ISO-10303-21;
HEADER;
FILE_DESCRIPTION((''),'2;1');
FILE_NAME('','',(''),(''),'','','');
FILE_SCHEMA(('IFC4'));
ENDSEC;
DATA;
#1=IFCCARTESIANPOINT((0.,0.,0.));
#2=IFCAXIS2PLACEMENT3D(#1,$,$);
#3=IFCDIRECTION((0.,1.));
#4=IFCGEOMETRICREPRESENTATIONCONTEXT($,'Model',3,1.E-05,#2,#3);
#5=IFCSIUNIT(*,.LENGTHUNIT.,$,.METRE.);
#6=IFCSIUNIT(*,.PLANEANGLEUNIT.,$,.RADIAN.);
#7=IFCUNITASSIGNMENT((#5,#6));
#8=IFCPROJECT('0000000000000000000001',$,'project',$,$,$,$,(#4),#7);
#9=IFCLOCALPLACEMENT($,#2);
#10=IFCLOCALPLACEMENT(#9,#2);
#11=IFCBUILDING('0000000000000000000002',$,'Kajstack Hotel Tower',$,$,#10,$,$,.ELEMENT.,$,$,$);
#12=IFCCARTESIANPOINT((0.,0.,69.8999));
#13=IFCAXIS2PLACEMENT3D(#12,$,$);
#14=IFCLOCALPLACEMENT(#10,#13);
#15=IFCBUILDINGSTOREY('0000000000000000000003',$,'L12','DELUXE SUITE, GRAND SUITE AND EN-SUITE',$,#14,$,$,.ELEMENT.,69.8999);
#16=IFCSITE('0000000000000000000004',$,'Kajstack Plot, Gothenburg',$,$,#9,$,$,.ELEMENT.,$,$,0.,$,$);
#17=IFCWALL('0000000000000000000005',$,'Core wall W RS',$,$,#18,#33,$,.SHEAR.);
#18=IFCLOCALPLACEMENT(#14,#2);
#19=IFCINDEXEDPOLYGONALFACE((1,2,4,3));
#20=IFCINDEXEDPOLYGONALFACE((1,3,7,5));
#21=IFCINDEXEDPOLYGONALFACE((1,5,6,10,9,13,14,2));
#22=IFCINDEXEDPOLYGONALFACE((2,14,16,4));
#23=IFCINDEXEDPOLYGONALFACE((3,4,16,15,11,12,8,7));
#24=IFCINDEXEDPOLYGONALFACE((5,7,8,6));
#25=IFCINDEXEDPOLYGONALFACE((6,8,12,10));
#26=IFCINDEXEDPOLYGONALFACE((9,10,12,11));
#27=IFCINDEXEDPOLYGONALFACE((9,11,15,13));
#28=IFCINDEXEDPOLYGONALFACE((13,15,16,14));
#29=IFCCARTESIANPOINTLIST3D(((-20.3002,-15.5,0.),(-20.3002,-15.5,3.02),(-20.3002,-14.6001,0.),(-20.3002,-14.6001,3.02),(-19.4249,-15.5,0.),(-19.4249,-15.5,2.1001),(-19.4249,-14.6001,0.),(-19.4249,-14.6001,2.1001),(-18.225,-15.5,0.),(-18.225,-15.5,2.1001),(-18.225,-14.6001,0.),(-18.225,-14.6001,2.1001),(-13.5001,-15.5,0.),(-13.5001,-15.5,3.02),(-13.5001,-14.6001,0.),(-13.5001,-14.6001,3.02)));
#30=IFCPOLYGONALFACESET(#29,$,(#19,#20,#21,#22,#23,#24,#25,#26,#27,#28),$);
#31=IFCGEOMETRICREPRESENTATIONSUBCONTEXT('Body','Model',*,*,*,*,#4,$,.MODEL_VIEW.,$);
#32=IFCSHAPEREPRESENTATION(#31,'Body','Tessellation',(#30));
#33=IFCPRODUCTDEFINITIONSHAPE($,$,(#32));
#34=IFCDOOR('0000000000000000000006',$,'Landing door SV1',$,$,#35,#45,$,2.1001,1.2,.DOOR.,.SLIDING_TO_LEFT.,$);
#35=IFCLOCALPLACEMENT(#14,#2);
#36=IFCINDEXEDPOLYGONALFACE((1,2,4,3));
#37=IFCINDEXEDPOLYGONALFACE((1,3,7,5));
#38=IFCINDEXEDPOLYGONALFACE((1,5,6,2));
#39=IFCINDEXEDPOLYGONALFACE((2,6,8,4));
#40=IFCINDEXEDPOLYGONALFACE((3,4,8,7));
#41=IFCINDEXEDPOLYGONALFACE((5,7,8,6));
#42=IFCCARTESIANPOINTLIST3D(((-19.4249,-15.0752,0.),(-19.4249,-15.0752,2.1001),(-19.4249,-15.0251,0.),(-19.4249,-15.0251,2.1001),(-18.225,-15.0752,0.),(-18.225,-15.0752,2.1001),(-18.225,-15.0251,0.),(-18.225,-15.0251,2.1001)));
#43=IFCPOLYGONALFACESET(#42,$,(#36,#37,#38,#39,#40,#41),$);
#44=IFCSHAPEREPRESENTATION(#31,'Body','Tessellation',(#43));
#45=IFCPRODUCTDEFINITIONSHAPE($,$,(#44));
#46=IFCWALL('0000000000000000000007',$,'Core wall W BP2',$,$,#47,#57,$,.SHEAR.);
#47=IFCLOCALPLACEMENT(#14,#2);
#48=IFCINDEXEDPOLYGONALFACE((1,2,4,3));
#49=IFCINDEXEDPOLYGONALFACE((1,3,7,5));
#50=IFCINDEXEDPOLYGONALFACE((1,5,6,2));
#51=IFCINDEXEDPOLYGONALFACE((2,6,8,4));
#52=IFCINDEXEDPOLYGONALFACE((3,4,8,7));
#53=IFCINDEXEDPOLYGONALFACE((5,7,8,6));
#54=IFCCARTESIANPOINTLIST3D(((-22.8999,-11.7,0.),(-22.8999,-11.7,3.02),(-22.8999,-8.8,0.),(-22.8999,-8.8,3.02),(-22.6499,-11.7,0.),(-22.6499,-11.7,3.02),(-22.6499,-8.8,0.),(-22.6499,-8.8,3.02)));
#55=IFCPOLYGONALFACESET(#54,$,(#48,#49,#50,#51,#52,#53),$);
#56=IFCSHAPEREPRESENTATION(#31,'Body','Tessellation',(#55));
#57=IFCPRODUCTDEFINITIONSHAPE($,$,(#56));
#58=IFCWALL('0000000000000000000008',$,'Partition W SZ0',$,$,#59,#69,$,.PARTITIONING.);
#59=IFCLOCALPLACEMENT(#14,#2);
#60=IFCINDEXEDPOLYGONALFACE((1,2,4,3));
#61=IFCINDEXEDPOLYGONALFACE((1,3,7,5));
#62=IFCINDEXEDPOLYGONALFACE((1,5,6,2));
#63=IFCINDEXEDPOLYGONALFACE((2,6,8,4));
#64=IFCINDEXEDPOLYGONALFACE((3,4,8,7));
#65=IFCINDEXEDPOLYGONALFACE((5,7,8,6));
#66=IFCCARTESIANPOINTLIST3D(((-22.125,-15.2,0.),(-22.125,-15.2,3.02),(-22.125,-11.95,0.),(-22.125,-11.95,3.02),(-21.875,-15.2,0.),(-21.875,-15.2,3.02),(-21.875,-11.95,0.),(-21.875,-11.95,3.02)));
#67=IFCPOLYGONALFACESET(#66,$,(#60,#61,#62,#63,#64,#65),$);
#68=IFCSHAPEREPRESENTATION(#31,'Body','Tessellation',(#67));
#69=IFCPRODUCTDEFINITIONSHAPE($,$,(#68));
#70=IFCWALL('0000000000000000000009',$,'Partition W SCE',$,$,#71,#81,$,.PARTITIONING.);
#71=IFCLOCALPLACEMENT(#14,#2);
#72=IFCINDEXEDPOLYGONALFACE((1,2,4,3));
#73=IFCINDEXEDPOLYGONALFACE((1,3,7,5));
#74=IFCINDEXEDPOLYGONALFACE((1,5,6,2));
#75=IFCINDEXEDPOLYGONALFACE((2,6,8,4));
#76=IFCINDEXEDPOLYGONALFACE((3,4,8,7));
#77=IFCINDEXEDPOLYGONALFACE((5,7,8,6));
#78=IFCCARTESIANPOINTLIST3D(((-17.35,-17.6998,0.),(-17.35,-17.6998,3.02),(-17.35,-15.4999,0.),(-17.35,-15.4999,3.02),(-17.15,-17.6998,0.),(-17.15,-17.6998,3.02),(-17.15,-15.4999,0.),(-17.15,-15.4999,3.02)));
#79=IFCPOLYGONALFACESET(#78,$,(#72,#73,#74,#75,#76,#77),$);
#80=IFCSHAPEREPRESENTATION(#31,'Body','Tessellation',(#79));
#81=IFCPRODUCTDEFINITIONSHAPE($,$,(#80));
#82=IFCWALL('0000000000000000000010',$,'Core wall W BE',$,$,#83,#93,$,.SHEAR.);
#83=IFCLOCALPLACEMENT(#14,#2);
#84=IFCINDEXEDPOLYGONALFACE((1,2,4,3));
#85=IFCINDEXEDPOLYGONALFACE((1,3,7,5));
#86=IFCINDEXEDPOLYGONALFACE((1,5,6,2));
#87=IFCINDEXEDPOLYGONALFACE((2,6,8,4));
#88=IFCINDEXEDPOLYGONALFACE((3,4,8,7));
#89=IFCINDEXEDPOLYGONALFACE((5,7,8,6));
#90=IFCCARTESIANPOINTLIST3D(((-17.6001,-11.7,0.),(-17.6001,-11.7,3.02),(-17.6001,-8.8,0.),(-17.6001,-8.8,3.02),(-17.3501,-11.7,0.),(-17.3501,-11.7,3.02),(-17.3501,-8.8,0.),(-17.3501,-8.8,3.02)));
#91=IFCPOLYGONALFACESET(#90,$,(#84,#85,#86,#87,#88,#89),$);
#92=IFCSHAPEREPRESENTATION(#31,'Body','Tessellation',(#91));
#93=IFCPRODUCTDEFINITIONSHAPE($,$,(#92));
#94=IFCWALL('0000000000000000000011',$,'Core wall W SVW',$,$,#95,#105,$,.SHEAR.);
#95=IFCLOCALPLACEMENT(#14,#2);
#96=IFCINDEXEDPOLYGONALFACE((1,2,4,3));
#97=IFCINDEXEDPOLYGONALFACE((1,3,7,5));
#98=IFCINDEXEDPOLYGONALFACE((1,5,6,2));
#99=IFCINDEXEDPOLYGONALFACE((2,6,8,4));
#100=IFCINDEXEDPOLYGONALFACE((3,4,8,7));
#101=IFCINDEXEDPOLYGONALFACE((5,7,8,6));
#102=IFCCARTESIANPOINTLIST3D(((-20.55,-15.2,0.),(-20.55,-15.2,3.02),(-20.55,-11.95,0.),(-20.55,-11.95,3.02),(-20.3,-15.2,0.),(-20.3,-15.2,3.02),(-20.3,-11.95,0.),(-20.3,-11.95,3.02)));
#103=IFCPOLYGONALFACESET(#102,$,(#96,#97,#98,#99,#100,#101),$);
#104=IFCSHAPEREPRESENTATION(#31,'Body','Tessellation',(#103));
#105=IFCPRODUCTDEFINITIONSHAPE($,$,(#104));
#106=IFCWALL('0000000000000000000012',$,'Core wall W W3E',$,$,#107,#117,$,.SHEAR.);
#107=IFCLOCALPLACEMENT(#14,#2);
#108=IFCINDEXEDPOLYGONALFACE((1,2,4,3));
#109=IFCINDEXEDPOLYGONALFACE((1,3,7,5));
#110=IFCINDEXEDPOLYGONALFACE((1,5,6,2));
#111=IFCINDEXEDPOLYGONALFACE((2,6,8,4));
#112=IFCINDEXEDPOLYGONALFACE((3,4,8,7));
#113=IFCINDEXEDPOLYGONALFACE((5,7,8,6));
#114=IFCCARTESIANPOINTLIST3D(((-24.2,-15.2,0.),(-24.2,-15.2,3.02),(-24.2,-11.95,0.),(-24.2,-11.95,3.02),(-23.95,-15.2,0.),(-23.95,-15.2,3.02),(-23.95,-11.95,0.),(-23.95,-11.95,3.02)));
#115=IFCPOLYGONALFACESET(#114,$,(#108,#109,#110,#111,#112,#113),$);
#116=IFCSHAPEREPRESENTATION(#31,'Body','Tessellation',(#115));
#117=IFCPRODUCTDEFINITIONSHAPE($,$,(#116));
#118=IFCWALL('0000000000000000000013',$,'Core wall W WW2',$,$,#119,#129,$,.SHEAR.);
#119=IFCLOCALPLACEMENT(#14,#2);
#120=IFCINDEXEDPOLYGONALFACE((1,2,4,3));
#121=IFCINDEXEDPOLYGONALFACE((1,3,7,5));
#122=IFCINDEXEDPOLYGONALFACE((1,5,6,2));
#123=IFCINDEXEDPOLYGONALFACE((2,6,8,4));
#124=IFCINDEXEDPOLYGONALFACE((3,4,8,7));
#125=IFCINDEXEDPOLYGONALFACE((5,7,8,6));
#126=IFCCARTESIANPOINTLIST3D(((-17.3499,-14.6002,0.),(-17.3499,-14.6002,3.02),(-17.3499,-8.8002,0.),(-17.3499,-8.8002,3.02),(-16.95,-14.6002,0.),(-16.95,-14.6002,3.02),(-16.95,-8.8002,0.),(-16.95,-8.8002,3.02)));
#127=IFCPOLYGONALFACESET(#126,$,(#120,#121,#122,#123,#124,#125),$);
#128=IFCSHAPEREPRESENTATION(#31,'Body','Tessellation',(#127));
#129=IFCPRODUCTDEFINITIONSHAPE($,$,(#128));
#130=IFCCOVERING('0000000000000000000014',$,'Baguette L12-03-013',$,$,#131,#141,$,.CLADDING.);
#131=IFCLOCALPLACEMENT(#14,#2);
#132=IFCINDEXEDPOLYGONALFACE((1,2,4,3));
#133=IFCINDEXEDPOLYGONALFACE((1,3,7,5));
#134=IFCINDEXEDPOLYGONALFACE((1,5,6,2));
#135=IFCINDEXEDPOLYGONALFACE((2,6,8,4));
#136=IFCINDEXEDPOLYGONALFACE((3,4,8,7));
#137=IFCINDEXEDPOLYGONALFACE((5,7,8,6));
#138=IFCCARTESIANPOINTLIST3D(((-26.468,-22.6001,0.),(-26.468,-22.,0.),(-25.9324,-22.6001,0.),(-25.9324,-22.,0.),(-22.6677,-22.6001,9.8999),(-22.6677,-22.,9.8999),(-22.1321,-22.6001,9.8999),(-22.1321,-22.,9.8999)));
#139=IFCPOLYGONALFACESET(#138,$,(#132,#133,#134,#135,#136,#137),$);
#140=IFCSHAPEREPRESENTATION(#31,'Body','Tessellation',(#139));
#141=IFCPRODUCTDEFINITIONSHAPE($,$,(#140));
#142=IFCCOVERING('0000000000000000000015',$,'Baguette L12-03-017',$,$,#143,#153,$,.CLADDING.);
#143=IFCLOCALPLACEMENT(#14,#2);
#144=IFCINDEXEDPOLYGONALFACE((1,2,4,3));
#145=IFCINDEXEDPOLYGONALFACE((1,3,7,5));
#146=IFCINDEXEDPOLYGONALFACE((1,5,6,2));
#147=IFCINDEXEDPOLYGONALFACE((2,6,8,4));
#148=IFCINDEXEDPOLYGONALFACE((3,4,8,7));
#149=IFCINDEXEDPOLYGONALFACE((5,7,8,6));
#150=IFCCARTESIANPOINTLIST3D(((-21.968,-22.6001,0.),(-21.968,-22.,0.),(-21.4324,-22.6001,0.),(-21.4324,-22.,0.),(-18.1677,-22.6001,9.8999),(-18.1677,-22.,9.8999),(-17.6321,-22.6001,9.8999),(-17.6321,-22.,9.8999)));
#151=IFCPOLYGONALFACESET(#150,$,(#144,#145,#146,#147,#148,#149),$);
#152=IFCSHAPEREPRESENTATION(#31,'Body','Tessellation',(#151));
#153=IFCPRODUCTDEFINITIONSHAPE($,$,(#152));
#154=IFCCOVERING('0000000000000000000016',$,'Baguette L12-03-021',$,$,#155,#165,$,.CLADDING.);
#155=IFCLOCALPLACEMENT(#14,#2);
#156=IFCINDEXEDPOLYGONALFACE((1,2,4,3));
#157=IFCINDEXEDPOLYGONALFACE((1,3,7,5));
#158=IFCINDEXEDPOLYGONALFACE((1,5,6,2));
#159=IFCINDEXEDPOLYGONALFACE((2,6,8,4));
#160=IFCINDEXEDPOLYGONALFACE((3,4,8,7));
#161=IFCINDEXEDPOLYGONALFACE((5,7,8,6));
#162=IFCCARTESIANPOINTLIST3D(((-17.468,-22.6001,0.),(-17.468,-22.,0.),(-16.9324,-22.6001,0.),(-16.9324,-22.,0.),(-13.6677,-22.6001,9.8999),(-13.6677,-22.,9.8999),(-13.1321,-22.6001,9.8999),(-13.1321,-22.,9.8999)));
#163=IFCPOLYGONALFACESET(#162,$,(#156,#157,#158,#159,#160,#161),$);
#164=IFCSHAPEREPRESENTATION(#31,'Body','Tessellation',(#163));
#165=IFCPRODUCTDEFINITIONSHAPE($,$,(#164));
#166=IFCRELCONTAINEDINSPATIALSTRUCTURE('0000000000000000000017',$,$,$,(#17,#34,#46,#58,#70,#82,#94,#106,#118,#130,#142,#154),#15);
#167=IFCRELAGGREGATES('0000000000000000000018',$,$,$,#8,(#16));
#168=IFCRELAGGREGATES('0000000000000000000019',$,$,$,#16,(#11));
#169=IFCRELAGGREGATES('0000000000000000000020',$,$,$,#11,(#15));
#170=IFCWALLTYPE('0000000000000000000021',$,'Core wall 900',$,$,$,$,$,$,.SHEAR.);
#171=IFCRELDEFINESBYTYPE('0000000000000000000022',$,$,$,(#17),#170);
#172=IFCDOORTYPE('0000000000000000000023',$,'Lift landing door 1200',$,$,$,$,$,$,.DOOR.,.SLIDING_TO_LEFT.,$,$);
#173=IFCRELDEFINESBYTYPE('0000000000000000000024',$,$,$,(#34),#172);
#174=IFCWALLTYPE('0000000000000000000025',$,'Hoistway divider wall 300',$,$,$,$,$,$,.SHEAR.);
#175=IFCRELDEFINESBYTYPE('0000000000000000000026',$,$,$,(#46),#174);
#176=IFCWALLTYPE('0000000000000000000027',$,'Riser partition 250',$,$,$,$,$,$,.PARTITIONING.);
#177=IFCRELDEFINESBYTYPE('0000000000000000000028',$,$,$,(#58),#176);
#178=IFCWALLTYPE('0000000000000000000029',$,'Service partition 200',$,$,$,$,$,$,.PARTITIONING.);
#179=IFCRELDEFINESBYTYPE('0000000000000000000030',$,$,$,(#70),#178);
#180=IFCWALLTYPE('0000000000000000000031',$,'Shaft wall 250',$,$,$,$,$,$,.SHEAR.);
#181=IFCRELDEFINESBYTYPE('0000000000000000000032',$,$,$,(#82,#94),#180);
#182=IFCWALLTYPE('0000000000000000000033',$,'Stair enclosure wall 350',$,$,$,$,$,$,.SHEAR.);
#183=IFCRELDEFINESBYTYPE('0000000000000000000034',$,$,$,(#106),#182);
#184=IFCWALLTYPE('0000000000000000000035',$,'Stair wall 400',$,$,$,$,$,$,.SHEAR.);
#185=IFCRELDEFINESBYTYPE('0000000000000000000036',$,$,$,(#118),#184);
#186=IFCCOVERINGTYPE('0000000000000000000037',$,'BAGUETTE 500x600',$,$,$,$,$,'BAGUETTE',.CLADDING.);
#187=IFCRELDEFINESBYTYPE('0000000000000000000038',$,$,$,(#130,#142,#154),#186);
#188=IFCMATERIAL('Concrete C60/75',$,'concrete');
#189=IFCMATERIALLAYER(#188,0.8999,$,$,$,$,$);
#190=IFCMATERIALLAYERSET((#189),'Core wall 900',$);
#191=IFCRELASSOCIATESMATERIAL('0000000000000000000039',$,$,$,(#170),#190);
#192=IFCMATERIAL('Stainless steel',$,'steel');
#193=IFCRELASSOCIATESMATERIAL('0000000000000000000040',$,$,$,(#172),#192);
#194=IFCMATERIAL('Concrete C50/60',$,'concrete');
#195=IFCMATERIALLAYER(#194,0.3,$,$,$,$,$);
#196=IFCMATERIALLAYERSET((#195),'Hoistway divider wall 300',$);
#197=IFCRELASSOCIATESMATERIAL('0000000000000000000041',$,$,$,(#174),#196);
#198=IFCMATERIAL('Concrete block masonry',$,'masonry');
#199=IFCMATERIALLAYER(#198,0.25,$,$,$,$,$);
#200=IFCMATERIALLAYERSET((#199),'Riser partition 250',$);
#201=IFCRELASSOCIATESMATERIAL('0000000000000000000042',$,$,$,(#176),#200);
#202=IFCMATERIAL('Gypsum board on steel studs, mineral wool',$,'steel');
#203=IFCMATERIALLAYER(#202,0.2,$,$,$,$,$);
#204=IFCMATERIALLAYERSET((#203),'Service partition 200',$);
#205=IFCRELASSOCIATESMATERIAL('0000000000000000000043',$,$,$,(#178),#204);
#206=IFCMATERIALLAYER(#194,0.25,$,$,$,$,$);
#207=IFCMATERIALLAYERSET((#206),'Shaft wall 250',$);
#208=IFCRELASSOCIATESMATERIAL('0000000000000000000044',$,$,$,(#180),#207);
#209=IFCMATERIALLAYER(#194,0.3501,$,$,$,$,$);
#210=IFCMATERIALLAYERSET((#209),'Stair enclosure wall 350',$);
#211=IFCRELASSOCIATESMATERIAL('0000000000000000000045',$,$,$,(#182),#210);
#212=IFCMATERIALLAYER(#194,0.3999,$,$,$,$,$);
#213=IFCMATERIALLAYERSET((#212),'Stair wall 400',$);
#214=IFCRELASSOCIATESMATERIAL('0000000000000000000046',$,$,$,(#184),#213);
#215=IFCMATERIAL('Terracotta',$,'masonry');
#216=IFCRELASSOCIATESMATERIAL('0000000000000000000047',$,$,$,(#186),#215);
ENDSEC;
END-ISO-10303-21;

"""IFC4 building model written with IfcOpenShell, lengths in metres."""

from ifc_helpers import new_model, si_unit, direction, frame, frame_2d, origin, origin_2d, place, context, subcontext, project, spatial, polyline, rectangle, outline, extrude, material, layer, layer_set, material_profile, profile_set, type_object, element, fill, save


model = new_model("IFC4")

# Units and contexts
model_context = context("Model", 3, precision=1e-05, world=origin(), true_north=direction((0.0, 1.0)))
body_context = subcontext(model_context, "Body", "Model", "MODEL_VIEW")
ifc_project = project(units=[si_unit("LENGTHUNIT", "METRE"), si_unit("PLANEANGLEUNIT", "RADIAN")], contexts=[model_context])

# Site, building, storey
site_placement = place(None, origin())
site = spatial("IfcSite", under=ifc_project, at=site_placement, Name="Kajstack Plot, Gothenburg", CompositionType="ELEMENT", RefElevation=0.0)
building_placement = place(site_placement, origin())
building = spatial("IfcBuilding", under=site, at=building_placement, Name="Kajstack Hotel Tower", CompositionType="ELEMENT")
storey_placement = place(building_placement, frame((0.0, 0.0, 69.8999)))
storey = spatial("IfcBuildingStorey", under=building, at=storey_placement, Name="L12", Description="DELUXE SUITE, GRAND SUITE AND EN-SUITE", CompositionType="ELEMENT", Elevation=69.8999)

# Wall, opening, door
ifc_material_1 = material(Name="Concrete C60/75", Category="concrete")
ifc_layer_1 = layer(ifc_material_1, 0.8999)
ifc_layer_set_1 = layer_set([ifc_layer_1], Name="Core wall 900")
wall_type_1 = type_object("IfcWallType", Name="Core wall 900", PredefinedType="SHEAR", material=ifc_layer_set_1)
wall_1_placement = place(storey_placement, frame((-20.3, -15.05, 0.0), z_axis=(0.0, 0.0, 1.0), x_axis=(1.0, 0.0, 0.0)))
wall_1 = element("IfcWall", 1, at=wall_1_placement, inside=storey, type_object=wall_type_1, Name="Core wall W RS", PredefinedType="SHEAR", context=body_context, shape_type="SweptSolid", body=[
    extrude(rectangle(XDim=6.8, YDim=0.8999, at=frame_2d((3.3999, 0.0))), origin(), (0.0, 0.0, 1.0), 3.02),
])
opening_placement = place(wall_1_placement, frame((0.875, 0.0, 0.0)))
opening = element("IfcOpeningElement", 2, at=opening_placement, cuts=wall_1, PredefinedType="OPENING", context=body_context, shape_type="SweptSolid", body=[
    extrude(rectangle(XDim=1.2, YDim=2.1001, at=frame_2d((0.6001, 1.05))), frame((0.0, 0.46, 0.0), z_axis=(0.0, -1.0, 0.0), x_axis=(1.0, 0.0, 0.0)), (0.0, 0.0, 1.0), 0.9199),
])
ifc_material_2 = material(Name="Stainless steel", Category="steel")
door_type = type_object("IfcDoorType", Name="Lift landing door 1200", OperationType="SLIDING_TO_LEFT", PredefinedType="DOOR", material=ifc_material_2)
door_placement = place(opening_placement, origin())
door = element("IfcDoor", 3, at=door_placement, inside=storey, type_object=door_type, Name="Landing door SV1", OperationType="SLIDING_TO_LEFT", OverallHeight=2.1001, OverallWidth=1.2, PredefinedType="DOOR", context=body_context, shape_type="SweptSolid", body=[
    extrude(rectangle(XDim=1.2, YDim=2.1001, at=frame_2d((0.6001, 1.05))), frame((0.0, 0.0249, 0.0), z_axis=(0.0, -1.0, 0.0), x_axis=(1.0, 0.0, 0.0)), (0.0, 0.0, 1.0), 0.05),
])
fill(opening, door)

# Walls
ifc_material_3 = material(Name="Concrete C50/60", Category="concrete")
ifc_layer_2 = layer(ifc_material_3, 0.3)
ifc_layer_set_2 = layer_set([ifc_layer_2], Name="Hoistway divider wall 300")
wall_type_2 = type_object("IfcWallType", Name="Hoistway divider wall 300", PredefinedType="SHEAR", material=ifc_layer_set_2)
wall_2_placement = place(storey_placement, frame((-22.7749, -11.7, 0.0), z_axis=(0.0, 0.0, 1.0), x_axis=(0.0, 1.0, 0.0)))
element("IfcWall", 4, at=wall_2_placement, inside=storey, type_object=wall_type_2, Name="Core wall W BP2", PredefinedType="SHEAR", context=body_context, shape_type="SweptSolid", body=[
    extrude(rectangle(XDim=2.8999, YDim=0.25, at=frame_2d((1.45, 0.0))), origin(), (0.0, 0.0, 1.0), 3.02),
])
ifc_material_4 = material(Name="Concrete block masonry", Category="masonry")
ifc_layer_3 = layer(ifc_material_4, 0.25)
ifc_layer_set_3 = layer_set([ifc_layer_3], Name="Riser partition 250")
wall_type_3 = type_object("IfcWallType", Name="Riser partition 250", PredefinedType="PARTITIONING", material=ifc_layer_set_3)
wall_3_placement = place(storey_placement, frame((-22.0, -15.2, 0.0), z_axis=(0.0, 0.0, 1.0), x_axis=(0.0, 1.0, 0.0)))
element("IfcWall", 5, at=wall_3_placement, inside=storey, type_object=wall_type_3, Name="Partition W SZ0", PredefinedType="PARTITIONING", context=body_context, shape_type="SweptSolid", body=[
    extrude(rectangle(XDim=3.25, YDim=0.25, at=frame_2d((1.625, 0.0))), origin(), (0.0, 0.0, 1.0), 3.02),
])
ifc_material_5 = material(Name="Gypsum board on steel studs, mineral wool", Category="steel")
ifc_layer_4 = layer(ifc_material_5, 0.2)
ifc_layer_set_4 = layer_set([ifc_layer_4], Name="Service partition 200")
wall_type_4 = type_object("IfcWallType", Name="Service partition 200", PredefinedType="PARTITIONING", material=ifc_layer_set_4)
wall_4_placement = place(storey_placement, frame((-17.25, -17.7, 0.0), z_axis=(0.0, 0.0, 1.0), x_axis=(0.0, 1.0, 0.0)))
element("IfcWall", 6, at=wall_4_placement, inside=storey, type_object=wall_type_4, Name="Partition W SCE", PredefinedType="PARTITIONING", context=body_context, shape_type="SweptSolid", body=[
    extrude(rectangle(XDim=2.2, YDim=0.2, at=frame_2d((1.1001, 0.0))), origin(), (0.0, 0.0, 1.0), 3.02),
])
ifc_layer_5 = layer(ifc_material_3, 0.25)
ifc_layer_set_5 = layer_set([ifc_layer_5], Name="Shaft wall 250")
wall_type_5 = type_object("IfcWallType", Name="Shaft wall 250", PredefinedType="SHEAR", material=ifc_layer_set_5)
wall_5_placement = place(storey_placement, frame((-17.4751, -11.7, 0.0), z_axis=(0.0, 0.0, 1.0), x_axis=(0.0, 1.0, 0.0)))
element("IfcWall", 7, at=wall_5_placement, inside=storey, type_object=wall_type_5, Name="Core wall W BE", PredefinedType="SHEAR", context=body_context, shape_type="SweptSolid", body=[
    extrude(rectangle(XDim=2.8999, YDim=0.25, at=frame_2d((1.45, 0.0))), origin(), (0.0, 0.0, 1.0), 3.02),
])
wall_6_placement = place(storey_placement, frame((-20.425, -15.2, 0.0), z_axis=(0.0, 0.0, 1.0), x_axis=(0.0, 1.0, 0.0)))
element("IfcWall", 8, at=wall_6_placement, inside=storey, type_object=wall_type_5, Name="Core wall W SVW", PredefinedType="SHEAR", context=body_context, shape_type="SweptSolid", body=[
    extrude(rectangle(XDim=3.25, YDim=0.25, at=frame_2d((1.625, 0.0))), origin(), (0.0, 0.0, 1.0), 3.02),
])
ifc_layer_6 = layer(ifc_material_3, 0.3501)
ifc_layer_set_6 = layer_set([ifc_layer_6], Name="Stair enclosure wall 350")
wall_type_6 = type_object("IfcWallType", Name="Stair enclosure wall 350", PredefinedType="SHEAR", material=ifc_layer_set_6)
wall_7_placement = place(storey_placement, frame((-24.075, -15.2, 0.0), z_axis=(0.0, 0.0, 1.0), x_axis=(0.0, 1.0, 0.0)))
element("IfcWall", 9, at=wall_7_placement, inside=storey, type_object=wall_type_6, Name="Core wall W W3E", PredefinedType="SHEAR", context=body_context, shape_type="SweptSolid", body=[
    extrude(rectangle(XDim=3.25, YDim=0.25, at=frame_2d((1.625, 0.0))), origin(), (0.0, 0.0, 1.0), 3.02),
])
ifc_layer_7 = layer(ifc_material_3, 0.3999)
ifc_layer_set_7 = layer_set([ifc_layer_7], Name="Stair wall 400")
wall_type_7 = type_object("IfcWallType", Name="Stair wall 400", PredefinedType="SHEAR", material=ifc_layer_set_7)
wall_8_placement = place(storey_placement, frame((-17.1499, -14.6001, 0.0), z_axis=(0.0, 0.0, 1.0), x_axis=(0.0, 1.0, 0.0)))
element("IfcWall", 10, at=wall_8_placement, inside=storey, type_object=wall_type_7, Name="Core wall W WW2", PredefinedType="SHEAR", context=body_context, shape_type="SweptSolid", body=[
    extrude(rectangle(XDim=5.8, YDim=0.3999, at=frame_2d((2.8999, 0.0))), origin(), (0.0, 0.0, 1.0), 3.02),
])

# Coverings
ifc_material_6 = material(Name="Terracotta", Category="masonry")
ifc_material_profile = material_profile(ifc_material_6, rectangle(XDim=0.6001, YDim=0.5, at=origin_2d()), Name="Terracotta-clad concrete baguette 500 x 600")
ifc_profile_set = profile_set([ifc_material_profile], Name="Terracotta")
covering_type = type_object("IfcCoveringType", Name="BAGUETTE 500x600", ElementType="BAGUETTE", PredefinedType="CLADDING", material=ifc_profile_set)
for number, where, z_axis, x_axis, name in (
    (11, (-26.468, -22.0, 0.0), (0.0, -1.0, 0.0), (1.0, 0.0, 0.0), "Baguette L12-03-013"),
    (12, (-21.968, -22.0, 0.0), (0.0, -1.0, 0.0), (1.0, 0.0, 0.0), "Baguette L12-03-017"),
    (13, (-17.468, -22.0, 0.0), (0.0, -1.0, 0.0), (1.0, 0.0, 0.0), "Baguette L12-03-021"),
):
    element("IfcCovering", number, at=place(storey_placement, frame(where, z_axis=z_axis, x_axis=x_axis)), inside=storey, type_object=covering_type, Name=name, PredefinedType="CLADDING", context=body_context, shape_type="SweptSolid", body=[
        extrude(outline(polyline([(3.8003, 9.8999), (0.0, 0.0), (0.5356, 0.0), (4.3359, 9.8999), (3.8003, 9.8999)])), origin(), (0.0, 0.0, 1.0), 0.6001),
    ])

save(model, "model.ifc")
